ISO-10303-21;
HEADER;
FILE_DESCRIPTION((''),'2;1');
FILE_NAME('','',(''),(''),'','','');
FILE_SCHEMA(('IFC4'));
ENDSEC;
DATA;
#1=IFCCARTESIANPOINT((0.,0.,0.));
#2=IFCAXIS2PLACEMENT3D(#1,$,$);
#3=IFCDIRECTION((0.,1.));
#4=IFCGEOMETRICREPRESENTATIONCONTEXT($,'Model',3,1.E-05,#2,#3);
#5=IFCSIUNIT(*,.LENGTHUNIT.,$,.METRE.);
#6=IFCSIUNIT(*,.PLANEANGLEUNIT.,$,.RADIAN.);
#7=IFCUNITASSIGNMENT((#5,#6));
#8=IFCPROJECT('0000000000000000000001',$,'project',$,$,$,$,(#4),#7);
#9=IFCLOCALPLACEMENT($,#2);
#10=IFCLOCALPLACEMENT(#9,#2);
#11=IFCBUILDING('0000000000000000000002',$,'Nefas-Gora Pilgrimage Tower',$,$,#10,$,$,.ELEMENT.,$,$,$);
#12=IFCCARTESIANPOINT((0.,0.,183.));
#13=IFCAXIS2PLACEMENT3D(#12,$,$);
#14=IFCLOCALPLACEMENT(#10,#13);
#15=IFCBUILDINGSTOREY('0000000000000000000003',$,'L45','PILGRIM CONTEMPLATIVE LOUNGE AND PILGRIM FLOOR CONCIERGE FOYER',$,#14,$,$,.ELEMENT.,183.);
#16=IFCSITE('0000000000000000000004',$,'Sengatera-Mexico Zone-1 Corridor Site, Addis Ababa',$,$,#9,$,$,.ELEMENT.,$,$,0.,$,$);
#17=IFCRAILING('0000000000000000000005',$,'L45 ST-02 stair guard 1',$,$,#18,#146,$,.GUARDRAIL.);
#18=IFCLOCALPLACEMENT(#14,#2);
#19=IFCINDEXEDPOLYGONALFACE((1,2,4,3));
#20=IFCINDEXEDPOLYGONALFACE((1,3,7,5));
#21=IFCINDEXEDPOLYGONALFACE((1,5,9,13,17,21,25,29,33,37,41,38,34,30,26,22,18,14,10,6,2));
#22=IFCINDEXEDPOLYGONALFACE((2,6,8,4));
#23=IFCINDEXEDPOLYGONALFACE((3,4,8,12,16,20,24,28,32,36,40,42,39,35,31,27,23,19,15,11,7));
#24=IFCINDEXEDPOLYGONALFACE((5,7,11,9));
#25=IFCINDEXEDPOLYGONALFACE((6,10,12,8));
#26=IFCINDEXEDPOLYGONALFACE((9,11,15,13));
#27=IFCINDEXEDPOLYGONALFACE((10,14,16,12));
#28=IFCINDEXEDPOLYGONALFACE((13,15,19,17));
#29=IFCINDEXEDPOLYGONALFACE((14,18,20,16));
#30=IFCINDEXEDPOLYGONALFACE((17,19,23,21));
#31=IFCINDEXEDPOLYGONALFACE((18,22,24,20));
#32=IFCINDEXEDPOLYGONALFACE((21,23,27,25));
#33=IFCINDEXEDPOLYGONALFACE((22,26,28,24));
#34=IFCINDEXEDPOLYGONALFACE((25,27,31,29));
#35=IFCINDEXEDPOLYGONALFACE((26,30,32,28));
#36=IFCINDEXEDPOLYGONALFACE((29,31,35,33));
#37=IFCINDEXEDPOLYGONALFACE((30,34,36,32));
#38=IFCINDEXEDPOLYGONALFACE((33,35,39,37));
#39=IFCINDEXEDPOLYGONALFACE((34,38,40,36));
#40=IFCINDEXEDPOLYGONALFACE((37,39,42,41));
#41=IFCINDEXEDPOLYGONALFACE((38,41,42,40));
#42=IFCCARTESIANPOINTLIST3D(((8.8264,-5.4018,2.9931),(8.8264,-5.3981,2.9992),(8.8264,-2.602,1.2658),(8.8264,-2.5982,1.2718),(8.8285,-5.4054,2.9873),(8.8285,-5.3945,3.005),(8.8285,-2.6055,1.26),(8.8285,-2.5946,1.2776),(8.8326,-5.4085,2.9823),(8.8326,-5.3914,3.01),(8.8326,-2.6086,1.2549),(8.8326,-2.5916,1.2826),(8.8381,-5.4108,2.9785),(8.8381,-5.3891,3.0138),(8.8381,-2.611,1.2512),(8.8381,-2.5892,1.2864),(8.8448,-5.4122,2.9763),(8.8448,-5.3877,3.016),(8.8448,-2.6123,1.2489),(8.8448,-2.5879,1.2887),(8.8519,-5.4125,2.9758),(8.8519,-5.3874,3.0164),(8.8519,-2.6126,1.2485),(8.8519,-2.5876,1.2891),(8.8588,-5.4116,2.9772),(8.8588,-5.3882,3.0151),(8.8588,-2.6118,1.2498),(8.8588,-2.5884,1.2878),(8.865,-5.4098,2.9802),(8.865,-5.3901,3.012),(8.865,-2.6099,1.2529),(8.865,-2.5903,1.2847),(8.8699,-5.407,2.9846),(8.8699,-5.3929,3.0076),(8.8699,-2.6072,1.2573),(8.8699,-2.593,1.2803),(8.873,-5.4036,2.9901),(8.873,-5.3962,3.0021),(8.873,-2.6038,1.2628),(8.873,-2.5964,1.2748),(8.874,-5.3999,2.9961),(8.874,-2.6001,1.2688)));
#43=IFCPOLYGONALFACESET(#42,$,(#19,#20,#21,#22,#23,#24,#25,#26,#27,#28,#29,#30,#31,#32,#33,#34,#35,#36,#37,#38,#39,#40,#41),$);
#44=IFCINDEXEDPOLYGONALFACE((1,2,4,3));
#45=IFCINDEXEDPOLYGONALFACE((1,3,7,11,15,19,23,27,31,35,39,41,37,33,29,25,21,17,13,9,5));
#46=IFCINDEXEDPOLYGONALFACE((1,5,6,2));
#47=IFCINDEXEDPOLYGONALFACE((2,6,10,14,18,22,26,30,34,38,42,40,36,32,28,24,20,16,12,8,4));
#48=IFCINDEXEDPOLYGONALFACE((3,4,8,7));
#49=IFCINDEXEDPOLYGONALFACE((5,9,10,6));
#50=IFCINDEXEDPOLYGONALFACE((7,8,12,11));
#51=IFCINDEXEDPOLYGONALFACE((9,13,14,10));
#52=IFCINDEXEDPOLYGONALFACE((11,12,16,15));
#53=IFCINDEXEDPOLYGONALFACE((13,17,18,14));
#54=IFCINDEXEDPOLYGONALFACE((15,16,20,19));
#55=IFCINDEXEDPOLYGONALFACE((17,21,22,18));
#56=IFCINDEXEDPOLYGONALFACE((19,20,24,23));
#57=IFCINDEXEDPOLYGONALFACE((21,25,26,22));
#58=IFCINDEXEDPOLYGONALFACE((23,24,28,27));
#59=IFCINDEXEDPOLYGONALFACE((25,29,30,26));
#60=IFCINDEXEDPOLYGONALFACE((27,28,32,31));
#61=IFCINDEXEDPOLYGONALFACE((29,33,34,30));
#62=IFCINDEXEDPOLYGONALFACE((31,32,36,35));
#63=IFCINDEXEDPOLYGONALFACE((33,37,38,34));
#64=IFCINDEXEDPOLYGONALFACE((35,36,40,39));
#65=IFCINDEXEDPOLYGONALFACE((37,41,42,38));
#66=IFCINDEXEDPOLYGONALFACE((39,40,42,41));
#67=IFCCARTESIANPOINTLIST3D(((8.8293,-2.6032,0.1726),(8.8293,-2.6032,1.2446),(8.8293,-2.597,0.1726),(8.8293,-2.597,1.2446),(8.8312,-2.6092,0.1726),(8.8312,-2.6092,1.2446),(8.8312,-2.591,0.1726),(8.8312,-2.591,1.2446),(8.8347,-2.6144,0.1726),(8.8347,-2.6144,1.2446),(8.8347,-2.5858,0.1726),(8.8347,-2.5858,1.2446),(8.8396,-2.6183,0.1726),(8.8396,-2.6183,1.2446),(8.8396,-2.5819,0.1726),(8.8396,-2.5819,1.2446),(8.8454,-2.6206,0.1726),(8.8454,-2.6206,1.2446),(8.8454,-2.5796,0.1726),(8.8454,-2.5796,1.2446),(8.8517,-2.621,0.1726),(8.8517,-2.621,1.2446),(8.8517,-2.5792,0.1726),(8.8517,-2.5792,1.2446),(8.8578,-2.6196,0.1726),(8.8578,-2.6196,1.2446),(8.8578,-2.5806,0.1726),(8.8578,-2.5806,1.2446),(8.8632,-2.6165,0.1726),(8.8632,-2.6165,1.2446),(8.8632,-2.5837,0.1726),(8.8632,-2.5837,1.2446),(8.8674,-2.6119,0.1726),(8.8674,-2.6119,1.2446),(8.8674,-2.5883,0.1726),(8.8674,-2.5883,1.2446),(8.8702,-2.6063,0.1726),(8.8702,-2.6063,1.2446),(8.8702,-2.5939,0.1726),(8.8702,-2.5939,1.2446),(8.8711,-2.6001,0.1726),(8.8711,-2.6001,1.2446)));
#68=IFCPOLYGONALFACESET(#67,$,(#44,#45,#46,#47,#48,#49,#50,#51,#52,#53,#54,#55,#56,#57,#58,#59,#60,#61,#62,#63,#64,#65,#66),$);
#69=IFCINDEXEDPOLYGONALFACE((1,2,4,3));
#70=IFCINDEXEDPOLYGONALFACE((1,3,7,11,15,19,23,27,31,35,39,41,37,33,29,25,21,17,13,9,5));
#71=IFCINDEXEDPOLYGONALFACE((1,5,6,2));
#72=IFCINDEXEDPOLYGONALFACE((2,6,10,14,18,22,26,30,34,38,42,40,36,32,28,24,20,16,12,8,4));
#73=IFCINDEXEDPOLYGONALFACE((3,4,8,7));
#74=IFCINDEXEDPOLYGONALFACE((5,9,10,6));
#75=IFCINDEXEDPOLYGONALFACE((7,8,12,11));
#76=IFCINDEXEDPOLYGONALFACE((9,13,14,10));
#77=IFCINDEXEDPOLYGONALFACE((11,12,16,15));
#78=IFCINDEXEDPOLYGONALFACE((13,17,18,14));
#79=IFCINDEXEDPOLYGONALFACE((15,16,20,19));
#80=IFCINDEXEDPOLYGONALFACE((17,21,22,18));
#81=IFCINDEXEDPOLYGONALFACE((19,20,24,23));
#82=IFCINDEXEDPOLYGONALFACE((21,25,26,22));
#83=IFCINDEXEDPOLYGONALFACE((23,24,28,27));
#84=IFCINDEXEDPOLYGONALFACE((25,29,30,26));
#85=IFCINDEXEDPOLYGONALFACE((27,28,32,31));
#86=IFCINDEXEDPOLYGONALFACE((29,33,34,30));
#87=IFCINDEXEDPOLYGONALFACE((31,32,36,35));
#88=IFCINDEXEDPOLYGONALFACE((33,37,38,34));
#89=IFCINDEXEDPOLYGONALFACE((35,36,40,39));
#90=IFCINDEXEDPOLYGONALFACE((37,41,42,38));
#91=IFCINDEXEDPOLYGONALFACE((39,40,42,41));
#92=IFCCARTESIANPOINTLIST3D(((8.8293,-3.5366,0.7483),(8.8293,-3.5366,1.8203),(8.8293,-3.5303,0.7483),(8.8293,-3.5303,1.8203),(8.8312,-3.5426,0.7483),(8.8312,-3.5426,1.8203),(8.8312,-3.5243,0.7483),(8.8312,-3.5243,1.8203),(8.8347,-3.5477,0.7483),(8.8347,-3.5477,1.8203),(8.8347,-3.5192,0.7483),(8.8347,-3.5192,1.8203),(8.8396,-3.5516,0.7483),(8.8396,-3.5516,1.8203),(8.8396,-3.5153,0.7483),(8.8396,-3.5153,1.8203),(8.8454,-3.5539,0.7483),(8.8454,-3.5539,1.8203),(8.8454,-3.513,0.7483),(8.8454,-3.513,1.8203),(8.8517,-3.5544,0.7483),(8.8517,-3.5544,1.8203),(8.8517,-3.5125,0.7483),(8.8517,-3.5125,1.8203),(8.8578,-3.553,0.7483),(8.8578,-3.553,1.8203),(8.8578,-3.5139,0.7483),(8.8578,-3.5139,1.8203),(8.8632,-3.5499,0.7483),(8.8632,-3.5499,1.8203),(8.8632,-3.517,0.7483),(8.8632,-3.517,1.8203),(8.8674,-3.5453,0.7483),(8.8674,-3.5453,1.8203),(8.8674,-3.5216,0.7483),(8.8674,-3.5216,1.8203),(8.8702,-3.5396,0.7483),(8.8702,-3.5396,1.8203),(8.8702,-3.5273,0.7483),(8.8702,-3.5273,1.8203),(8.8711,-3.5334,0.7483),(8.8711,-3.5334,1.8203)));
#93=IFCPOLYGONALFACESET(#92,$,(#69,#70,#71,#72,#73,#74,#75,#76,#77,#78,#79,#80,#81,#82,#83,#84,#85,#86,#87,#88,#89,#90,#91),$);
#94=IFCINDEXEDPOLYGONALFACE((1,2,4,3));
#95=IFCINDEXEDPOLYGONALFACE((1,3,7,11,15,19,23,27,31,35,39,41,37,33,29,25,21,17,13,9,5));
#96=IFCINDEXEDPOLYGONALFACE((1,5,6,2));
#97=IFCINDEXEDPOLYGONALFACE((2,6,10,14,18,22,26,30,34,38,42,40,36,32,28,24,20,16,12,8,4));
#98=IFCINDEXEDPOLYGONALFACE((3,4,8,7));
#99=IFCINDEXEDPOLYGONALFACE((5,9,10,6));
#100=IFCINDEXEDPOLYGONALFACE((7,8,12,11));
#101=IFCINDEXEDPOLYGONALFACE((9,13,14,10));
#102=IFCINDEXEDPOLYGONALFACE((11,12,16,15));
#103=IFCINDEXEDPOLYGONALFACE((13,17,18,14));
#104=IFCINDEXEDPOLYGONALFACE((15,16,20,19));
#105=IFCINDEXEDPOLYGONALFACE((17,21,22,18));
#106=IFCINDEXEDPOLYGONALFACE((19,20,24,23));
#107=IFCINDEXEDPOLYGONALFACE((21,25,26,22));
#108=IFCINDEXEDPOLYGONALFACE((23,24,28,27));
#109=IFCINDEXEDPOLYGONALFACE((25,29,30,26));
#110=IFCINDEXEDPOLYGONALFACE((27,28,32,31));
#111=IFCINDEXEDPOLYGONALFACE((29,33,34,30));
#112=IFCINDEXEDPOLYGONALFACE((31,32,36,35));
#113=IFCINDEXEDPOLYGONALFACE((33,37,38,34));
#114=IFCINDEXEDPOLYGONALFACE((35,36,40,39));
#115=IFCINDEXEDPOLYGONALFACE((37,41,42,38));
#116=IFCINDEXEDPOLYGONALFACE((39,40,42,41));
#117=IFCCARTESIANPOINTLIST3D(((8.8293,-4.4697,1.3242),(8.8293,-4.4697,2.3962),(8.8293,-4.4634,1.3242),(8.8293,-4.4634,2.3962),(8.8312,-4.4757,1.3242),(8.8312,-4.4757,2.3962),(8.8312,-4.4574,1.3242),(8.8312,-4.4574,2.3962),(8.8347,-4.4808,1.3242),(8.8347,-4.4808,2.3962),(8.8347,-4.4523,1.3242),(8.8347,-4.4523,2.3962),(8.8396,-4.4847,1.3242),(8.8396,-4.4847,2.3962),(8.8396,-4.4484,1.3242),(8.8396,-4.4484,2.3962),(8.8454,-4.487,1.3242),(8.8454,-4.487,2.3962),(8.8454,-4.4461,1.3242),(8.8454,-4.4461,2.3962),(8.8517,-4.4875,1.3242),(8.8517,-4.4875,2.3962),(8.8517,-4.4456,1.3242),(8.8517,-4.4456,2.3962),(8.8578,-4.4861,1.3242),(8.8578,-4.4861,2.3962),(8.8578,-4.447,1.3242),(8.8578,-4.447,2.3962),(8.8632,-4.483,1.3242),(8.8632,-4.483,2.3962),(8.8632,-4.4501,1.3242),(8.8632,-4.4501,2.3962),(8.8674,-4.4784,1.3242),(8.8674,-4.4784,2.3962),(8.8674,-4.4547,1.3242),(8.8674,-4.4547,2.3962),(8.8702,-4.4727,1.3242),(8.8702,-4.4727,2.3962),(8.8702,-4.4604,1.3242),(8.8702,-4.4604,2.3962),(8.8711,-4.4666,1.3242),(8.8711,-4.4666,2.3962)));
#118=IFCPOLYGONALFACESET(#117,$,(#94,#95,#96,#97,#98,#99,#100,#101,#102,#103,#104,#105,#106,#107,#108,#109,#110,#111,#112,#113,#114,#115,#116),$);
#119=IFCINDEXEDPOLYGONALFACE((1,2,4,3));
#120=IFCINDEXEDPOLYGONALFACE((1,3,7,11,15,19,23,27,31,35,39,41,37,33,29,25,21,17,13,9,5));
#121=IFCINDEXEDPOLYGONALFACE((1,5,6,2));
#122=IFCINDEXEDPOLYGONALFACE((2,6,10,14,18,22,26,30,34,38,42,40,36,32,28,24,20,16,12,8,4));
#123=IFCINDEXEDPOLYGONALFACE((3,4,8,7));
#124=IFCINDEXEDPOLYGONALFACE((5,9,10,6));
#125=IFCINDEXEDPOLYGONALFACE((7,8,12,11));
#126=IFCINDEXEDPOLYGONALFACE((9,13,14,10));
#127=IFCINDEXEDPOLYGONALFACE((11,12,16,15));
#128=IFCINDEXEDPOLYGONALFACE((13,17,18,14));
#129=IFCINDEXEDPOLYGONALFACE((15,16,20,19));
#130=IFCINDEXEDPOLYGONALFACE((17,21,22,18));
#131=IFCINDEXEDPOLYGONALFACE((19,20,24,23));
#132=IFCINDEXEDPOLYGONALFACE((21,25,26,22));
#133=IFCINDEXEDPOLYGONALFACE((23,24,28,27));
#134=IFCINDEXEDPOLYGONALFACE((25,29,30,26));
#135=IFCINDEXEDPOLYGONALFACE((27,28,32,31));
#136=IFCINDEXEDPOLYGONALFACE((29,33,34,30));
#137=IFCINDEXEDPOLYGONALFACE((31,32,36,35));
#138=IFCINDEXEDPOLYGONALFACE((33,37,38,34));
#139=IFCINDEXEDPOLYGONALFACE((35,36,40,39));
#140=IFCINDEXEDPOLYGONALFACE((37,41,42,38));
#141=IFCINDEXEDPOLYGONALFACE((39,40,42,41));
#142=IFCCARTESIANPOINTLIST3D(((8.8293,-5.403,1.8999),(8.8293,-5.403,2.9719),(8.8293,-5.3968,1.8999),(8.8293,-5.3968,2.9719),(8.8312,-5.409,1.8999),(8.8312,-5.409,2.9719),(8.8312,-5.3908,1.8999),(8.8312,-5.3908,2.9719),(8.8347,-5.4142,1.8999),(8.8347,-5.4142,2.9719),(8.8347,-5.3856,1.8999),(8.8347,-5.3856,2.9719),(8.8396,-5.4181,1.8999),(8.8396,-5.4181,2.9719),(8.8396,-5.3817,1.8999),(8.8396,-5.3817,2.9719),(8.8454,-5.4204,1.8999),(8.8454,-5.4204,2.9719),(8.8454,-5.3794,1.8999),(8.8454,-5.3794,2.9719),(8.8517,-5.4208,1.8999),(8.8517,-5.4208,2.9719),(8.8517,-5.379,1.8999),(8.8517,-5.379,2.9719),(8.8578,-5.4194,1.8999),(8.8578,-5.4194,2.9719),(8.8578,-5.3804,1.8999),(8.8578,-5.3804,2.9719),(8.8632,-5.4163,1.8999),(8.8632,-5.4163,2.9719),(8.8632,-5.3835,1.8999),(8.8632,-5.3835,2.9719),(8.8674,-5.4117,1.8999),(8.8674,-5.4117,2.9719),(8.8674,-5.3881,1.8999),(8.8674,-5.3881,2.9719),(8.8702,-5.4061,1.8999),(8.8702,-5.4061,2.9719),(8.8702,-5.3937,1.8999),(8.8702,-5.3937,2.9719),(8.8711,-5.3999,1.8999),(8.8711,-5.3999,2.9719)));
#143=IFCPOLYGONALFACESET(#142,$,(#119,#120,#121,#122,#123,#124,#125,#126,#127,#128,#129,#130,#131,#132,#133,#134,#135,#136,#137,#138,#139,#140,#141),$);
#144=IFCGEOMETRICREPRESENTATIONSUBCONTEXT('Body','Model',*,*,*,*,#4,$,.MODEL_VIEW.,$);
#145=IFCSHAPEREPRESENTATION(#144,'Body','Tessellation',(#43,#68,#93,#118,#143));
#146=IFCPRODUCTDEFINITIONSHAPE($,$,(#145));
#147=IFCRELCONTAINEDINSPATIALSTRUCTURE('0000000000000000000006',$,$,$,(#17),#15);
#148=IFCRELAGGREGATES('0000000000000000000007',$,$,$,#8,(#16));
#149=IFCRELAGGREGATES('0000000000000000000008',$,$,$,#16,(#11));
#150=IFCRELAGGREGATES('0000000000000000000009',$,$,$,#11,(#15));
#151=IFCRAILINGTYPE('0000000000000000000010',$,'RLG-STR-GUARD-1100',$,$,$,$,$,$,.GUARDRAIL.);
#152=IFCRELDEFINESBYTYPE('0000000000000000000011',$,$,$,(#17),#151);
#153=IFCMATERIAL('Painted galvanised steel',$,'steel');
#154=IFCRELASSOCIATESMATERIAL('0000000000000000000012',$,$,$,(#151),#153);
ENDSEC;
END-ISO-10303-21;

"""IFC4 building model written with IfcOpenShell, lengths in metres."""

from ifc_helpers import new_model, si_unit, direction, frame, origin, origin_2d, place, context, subcontext, project, spatial, circle, extrude, material, type_object, element, save


model = new_model("IFC4")

# Units and contexts
model_context = context("Model", 3, precision=1e-05, world=origin(), true_north=direction((0.0, 1.0)))
body_context = subcontext(model_context, "Body", "Model", "MODEL_VIEW")
ifc_project = project(units=[si_unit("LENGTHUNIT", "METRE"), si_unit("PLANEANGLEUNIT", "RADIAN")], contexts=[model_context])

# Site, building, storey
site_placement = place(None, origin())
site = spatial("IfcSite", under=ifc_project, at=site_placement, Name="Sengatera-Mexico Zone-1 Corridor Site, Addis Ababa", CompositionType="ELEMENT", RefElevation=0.0)
building_placement = place(site_placement, origin())
building = spatial("IfcBuilding", under=site, at=building_placement, Name="Nefas-Gora Pilgrimage Tower", CompositionType="ELEMENT")
storey_placement = place(building_placement, frame((0.0, 0.0, 183.0)))
storey = spatial("IfcBuildingStorey", under=building, at=storey_placement, Name="L45", Description="PILGRIM CONTEMPLATIVE LOUNGE AND PILGRIM FLOOR CONCIERGE FOYER", CompositionType="ELEMENT", Elevation=183.0)

# Railing
ifc_material_1 = material(Name="Painted galvanised steel", Category="steel")
railing_type_1 = type_object("IfcRailingType", Name="RLG-STR-GUARD-1100", PredefinedType="GUARDRAIL", material=ifc_material_1)
railing_1_placement = place(storey_placement, frame((8.8501, -2.6001, 0.1726)))
element("IfcRailing", 1, at=railing_1_placement, inside=storey, type_object=railing_type_1, Name="L45 ST-02 stair guard 1", PredefinedType="GUARDRAIL", context=body_context, shape_type="SweptSolid", body=[
    extrude(circle(Radius=0.0239, at=origin_2d()), frame((0.0, 0.0, 1.0962), z_axis=(0.0, -0.851069, 0.525054), x_axis=(1.0, 0.0, 0.0)), (0.0, 0.0, 1.0), 3.2898),
    extrude(circle(Radius=0.021, at=origin_2d()), origin(), (0.0, 0.0, 1.0), 1.072),
    extrude(circle(Radius=0.021, at=origin_2d()), frame((0.0, -0.9333, 0.5757)), (0.0, 0.0, 1.0), 1.072),
    extrude(circle(Radius=0.021, at=origin_2d()), frame((0.0, -1.8665, 1.1516)), (0.0, 0.0, 1.0), 1.072),
    extrude(circle(Radius=0.021, at=origin_2d()), frame((0.0, -2.7998, 1.7273)), (0.0, 0.0, 1.0), 1.072),
])

save(model, "model.ifc")
